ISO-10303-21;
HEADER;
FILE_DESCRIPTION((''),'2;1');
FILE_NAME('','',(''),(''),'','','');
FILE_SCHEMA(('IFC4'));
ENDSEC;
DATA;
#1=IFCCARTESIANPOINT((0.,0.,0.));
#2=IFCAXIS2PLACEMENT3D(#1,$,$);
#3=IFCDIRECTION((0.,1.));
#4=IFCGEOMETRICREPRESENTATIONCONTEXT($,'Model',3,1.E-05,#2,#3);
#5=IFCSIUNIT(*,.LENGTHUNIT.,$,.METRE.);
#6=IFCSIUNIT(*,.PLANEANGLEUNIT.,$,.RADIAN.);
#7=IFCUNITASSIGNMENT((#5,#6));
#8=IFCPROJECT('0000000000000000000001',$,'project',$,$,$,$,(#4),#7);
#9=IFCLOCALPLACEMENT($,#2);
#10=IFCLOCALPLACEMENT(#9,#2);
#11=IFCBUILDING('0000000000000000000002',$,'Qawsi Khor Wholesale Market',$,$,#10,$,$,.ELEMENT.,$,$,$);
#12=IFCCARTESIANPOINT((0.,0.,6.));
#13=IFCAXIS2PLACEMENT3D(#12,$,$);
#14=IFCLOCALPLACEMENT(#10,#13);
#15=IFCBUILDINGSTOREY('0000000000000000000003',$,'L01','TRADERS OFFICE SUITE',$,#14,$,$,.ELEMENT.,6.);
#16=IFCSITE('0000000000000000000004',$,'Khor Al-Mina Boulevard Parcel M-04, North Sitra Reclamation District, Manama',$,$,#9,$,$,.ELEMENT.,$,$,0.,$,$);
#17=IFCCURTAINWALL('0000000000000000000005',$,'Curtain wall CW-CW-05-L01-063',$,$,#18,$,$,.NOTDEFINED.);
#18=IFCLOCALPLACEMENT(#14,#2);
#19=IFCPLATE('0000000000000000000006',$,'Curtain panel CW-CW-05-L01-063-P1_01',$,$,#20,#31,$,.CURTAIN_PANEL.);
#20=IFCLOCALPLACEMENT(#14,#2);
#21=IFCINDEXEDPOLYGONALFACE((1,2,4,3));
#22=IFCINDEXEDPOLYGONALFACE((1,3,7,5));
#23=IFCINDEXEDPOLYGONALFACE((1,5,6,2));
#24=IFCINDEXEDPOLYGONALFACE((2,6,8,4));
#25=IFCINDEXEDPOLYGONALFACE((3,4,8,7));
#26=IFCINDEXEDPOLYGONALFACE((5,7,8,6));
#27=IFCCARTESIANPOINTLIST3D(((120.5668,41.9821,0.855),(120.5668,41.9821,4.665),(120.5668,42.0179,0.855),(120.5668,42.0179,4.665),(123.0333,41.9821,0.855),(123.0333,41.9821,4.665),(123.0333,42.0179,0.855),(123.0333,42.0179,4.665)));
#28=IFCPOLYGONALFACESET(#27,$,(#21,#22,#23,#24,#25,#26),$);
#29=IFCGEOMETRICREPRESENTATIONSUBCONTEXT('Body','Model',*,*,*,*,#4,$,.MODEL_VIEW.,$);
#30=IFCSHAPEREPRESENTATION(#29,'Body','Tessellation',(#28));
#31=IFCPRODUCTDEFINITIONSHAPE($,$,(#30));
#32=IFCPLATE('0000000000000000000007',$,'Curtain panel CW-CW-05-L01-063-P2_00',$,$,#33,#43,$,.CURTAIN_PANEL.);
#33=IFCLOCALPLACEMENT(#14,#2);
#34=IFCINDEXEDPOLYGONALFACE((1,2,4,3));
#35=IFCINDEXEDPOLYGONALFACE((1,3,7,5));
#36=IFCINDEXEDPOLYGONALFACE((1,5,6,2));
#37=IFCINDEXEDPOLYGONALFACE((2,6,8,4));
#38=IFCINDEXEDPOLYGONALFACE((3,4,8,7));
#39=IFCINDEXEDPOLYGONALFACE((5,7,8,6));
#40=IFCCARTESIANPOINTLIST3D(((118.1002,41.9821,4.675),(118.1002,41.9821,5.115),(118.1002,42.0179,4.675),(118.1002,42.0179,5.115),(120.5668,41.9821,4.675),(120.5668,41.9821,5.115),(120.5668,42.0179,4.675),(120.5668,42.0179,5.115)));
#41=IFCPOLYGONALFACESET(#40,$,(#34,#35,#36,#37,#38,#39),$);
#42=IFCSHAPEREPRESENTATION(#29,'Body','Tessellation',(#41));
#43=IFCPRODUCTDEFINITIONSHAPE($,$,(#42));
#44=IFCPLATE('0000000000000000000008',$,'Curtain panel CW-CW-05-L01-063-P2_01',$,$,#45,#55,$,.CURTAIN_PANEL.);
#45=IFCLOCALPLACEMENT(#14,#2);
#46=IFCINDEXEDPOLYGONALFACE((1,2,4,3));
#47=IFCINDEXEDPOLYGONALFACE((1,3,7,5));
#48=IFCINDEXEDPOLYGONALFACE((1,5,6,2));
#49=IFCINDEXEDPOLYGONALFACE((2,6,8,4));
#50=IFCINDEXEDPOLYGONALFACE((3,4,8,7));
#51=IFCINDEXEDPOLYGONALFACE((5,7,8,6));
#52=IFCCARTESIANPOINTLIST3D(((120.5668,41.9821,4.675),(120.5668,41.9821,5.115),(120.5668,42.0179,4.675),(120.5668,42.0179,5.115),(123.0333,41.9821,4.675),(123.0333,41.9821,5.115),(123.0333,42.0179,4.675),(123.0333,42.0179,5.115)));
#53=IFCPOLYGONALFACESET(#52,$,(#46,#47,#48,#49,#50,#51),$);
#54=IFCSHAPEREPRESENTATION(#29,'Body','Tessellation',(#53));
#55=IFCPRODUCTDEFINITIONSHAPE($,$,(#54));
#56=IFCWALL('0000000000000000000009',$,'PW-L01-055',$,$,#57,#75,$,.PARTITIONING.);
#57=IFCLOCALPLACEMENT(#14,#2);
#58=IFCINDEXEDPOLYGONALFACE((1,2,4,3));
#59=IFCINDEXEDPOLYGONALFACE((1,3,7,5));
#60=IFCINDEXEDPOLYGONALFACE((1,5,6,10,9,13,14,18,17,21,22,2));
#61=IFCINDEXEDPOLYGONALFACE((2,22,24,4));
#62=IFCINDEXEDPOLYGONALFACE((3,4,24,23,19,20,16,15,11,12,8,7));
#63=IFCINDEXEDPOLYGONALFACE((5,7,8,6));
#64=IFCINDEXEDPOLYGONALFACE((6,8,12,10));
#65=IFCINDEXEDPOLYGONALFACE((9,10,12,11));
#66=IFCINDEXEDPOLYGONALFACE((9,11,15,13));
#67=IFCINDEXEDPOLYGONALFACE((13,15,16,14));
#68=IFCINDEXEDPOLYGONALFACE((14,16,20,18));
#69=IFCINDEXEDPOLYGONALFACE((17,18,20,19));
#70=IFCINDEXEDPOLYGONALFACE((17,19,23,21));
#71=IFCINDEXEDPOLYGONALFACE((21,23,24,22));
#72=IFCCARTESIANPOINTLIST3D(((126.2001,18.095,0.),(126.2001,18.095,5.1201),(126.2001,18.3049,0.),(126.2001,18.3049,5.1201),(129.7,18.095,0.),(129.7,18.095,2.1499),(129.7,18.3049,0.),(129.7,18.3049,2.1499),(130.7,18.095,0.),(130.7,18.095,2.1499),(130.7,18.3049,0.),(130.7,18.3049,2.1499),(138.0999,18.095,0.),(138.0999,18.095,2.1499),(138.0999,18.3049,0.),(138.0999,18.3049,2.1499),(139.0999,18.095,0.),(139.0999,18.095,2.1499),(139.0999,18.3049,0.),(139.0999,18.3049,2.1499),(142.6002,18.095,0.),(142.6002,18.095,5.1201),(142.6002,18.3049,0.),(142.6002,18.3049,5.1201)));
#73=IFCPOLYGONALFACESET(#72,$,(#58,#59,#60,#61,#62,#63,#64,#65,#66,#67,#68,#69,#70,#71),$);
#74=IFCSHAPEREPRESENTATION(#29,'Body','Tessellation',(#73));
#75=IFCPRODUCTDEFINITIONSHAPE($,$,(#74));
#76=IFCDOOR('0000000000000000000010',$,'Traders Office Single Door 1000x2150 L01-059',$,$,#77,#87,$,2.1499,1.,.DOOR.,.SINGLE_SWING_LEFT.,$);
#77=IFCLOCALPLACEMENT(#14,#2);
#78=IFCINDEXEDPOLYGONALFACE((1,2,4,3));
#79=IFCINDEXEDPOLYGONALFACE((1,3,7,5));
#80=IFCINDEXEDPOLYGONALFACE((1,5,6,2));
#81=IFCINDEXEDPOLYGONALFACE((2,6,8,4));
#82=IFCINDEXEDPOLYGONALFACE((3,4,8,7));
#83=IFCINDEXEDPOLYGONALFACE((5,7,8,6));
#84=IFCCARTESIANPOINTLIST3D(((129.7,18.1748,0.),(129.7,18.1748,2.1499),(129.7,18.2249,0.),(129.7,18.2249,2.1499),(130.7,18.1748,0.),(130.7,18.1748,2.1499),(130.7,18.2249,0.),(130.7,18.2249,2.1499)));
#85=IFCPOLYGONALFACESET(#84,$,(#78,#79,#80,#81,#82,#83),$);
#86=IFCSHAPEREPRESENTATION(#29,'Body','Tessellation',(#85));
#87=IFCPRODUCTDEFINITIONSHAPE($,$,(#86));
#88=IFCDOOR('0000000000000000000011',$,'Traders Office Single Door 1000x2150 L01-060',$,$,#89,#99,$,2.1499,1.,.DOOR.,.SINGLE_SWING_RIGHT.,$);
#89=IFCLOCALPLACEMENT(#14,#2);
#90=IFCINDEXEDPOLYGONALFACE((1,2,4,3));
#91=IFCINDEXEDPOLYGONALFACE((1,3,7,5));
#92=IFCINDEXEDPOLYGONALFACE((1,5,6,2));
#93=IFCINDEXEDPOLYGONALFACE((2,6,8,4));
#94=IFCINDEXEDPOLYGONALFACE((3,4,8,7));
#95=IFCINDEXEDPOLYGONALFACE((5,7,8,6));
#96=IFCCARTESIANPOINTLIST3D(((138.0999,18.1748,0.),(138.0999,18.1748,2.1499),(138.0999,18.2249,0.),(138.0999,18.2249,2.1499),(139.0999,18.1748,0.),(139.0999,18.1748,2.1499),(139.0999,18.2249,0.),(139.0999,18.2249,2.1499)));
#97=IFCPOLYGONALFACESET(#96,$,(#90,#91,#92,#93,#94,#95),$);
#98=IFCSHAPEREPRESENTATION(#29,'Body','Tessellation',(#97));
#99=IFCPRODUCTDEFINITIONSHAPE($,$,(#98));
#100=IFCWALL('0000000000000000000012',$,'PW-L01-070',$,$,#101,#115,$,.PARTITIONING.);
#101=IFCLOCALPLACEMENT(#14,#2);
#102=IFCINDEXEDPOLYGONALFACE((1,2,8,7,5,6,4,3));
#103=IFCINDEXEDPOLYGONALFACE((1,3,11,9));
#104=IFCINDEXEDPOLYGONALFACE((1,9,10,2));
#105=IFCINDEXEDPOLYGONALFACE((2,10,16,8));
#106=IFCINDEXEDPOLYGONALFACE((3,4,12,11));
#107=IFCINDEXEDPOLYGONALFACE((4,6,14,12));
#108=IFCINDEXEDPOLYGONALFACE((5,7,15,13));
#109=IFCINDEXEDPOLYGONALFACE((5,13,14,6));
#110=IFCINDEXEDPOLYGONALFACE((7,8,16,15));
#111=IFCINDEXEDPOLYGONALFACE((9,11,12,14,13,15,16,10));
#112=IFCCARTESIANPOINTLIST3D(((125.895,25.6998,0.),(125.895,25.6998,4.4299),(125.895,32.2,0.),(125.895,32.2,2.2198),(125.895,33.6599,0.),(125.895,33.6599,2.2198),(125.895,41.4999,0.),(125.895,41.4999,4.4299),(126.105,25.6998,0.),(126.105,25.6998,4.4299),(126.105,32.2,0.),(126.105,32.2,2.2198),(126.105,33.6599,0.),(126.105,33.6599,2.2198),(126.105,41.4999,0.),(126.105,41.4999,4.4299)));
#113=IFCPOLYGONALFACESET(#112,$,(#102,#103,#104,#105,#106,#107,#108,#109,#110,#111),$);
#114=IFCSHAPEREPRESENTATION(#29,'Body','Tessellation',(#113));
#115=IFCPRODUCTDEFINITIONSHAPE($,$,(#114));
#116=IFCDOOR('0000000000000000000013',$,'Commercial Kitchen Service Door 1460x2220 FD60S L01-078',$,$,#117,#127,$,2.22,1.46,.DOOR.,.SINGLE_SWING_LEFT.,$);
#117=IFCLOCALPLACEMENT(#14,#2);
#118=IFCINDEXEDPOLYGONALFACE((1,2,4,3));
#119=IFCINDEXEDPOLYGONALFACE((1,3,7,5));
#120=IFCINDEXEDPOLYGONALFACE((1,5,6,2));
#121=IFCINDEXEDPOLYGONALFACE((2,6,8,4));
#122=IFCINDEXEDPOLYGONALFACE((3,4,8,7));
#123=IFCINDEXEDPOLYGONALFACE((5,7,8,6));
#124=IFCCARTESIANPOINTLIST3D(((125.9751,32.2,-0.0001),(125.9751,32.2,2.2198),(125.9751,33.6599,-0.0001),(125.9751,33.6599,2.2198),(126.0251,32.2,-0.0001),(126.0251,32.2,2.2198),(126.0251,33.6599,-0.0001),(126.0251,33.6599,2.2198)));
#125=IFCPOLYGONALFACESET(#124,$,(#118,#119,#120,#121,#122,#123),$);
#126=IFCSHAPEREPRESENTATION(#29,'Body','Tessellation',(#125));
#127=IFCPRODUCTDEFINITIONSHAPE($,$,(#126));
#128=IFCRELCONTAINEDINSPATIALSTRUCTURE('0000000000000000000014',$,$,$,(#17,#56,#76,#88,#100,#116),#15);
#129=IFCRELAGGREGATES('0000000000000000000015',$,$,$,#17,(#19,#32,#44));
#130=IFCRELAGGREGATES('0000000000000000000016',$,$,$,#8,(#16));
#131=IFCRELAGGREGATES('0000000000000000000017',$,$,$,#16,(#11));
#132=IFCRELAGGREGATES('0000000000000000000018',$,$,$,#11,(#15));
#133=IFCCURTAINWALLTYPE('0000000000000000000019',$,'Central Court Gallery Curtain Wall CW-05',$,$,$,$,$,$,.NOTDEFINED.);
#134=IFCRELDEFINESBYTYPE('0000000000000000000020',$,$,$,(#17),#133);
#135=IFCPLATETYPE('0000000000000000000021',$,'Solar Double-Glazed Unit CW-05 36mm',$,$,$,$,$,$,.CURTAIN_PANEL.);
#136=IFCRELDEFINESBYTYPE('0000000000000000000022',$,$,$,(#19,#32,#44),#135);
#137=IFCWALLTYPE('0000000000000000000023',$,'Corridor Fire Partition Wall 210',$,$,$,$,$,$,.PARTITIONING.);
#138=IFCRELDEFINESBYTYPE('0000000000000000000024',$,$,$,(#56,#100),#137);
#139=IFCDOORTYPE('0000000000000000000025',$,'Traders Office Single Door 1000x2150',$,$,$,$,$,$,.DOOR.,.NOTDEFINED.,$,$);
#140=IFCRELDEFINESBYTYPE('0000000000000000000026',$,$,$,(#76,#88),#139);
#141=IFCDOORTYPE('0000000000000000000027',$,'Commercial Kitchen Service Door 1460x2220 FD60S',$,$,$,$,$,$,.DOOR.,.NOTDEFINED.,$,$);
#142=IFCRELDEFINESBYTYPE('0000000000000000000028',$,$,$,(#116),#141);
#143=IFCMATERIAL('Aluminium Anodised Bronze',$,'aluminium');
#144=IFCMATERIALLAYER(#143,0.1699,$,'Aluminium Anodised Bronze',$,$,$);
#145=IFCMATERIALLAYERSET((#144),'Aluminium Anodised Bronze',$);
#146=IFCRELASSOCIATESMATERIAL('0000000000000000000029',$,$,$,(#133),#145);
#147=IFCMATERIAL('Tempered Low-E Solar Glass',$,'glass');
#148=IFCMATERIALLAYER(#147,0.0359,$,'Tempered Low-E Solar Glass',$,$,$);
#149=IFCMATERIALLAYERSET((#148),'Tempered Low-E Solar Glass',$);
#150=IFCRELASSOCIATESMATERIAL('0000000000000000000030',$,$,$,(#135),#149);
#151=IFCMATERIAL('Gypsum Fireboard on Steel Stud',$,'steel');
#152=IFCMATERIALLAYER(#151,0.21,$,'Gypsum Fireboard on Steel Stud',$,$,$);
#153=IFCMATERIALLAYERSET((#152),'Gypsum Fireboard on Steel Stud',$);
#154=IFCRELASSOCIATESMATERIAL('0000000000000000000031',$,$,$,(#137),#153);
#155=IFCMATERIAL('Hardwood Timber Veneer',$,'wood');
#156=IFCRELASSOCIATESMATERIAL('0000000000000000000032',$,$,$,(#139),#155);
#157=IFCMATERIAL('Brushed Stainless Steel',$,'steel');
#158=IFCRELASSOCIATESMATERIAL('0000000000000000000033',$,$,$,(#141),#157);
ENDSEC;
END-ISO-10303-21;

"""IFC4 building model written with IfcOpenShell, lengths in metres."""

from ifc_helpers import new_model, si_unit, direction, frame, frame_2d, origin, place, context, subcontext, project, spatial, rectangle, extrude, material, layer, layer_set, type_object, element, fill, aggregate, save


model = new_model("IFC4")

# Units and contexts
model_context = context("Model", 3, precision=1e-05, world=origin(), true_north=direction((0.0, 1.0)))
body_context = subcontext(model_context, "Body", "Model", "MODEL_VIEW")
ifc_project = project(units=[si_unit("LENGTHUNIT", "METRE"), si_unit("PLANEANGLEUNIT", "RADIAN")], contexts=[model_context])

# Site, building, storey
site_placement = place(None, origin())
site = spatial("IfcSite", under=ifc_project, at=site_placement, Name="Khor Al-Mina Boulevard Parcel M-04, North Sitra Reclamation District, Manama", CompositionType="ELEMENT", RefElevation=0.0)
building_placement = place(site_placement, origin())
building = spatial("IfcBuilding", under=site, at=building_placement, Name="Qawsi Khor Wholesale Market", CompositionType="ELEMENT")
storey_placement = place(building_placement, frame((0.0, 0.0, 6.0)))
storey = spatial("IfcBuildingStorey", under=building, at=storey_placement, Name="L01", Description="TRADERS OFFICE SUITE", CompositionType="ELEMENT", Elevation=6.0)

# Curtain wall
ifc_material_1 = material(Name="Aluminium Anodised Bronze", Category="aluminium")
ifc_layer_1 = layer(ifc_material_1, 0.1699, Name="Aluminium Anodised Bronze")
ifc_layer_set_1 = layer_set([ifc_layer_1], Name="Aluminium Anodised Bronze")
curtain_wall_type = type_object("IfcCurtainWallType", Name="Central Court Gallery Curtain Wall CW-05", PredefinedType="NOTDEFINED", material=ifc_layer_set_1)
curtain_wall_placement = place(storey_placement, origin())
curtain_wall = element("IfcCurtainWall", 1, at=curtain_wall_placement, inside=storey, type_object=curtain_wall_type, Name="Curtain wall CW-CW-05-L01-063", PredefinedType="NOTDEFINED")

# Plates
ifc_material_2 = material(Name="Tempered Low-E Solar Glass", Category="glass")
ifc_layer_2 = layer(ifc_material_2, 0.0359, Name="Tempered Low-E Solar Glass")
ifc_layer_set_2 = layer_set([ifc_layer_2], Name="Tempered Low-E Solar Glass")
plate_type_1 = type_object("IfcPlateType", Name="Solar Double-Glazed Unit CW-05 36mm", PredefinedType="CURTAIN_PANEL", material=ifc_layer_set_2)
plate_1_placement = place(storey_placement, frame((120.5667, 42.0, 0.855), z_axis=(0.0, 0.0, 1.0), x_axis=(1.0, 0.0, 0.0)))
plate_1 = element("IfcPlate", 2, at=plate_1_placement, type_object=plate_type_1, Name="Curtain panel CW-CW-05-L01-063-P1_01", PredefinedType="CURTAIN_PANEL", context=body_context, shape_type="SweptSolid", body=[
    extrude(rectangle(XDim=2.4666, YDim=0.0359, at=frame_2d((1.2334, 0.0))), origin(), (0.0, 0.0, 1.0), 3.8101),
])
plate_2_placement = place(storey_placement, frame((118.1001, 42.0, 4.675), z_axis=(0.0, 0.0, 1.0), x_axis=(1.0, 0.0, 0.0)))
plate_2 = element("IfcPlate", 3, at=plate_2_placement, type_object=plate_type_1, Name="Curtain panel CW-CW-05-L01-063-P2_00", PredefinedType="CURTAIN_PANEL", context=body_context, shape_type="SweptSolid", body=[
    extrude(rectangle(XDim=2.4666, YDim=0.0359, at=frame_2d((1.2334, 0.0))), origin(), (0.0, 0.0, 1.0), 0.4399),
])
plate_3_placement = place(storey_placement, frame((120.5667, 42.0, 4.675), z_axis=(0.0, 0.0, 1.0), x_axis=(1.0, 0.0, 0.0)))
plate_3 = element("IfcPlate", 4, at=plate_3_placement, type_object=plate_type_1, Name="Curtain panel CW-CW-05-L01-063-P2_01", PredefinedType="CURTAIN_PANEL", context=body_context, shape_type="SweptSolid", body=[
    extrude(rectangle(XDim=2.4666, YDim=0.0359, at=frame_2d((1.2334, 0.0))), origin(), (0.0, 0.0, 1.0), 0.4399),
])
aggregate(curtain_wall, [plate_1, plate_2, plate_3])

# Wall, openings, doors
ifc_material_3 = material(Name="Gypsum Fireboard on Steel Stud", Category="steel")
ifc_layer_3 = layer(ifc_material_3, 0.21, Name="Gypsum Fireboard on Steel Stud")
ifc_layer_set_3 = layer_set([ifc_layer_3], Name="Gypsum Fireboard on Steel Stud")
wall_type = type_object("IfcWallType", Name="Corridor Fire Partition Wall 210", PredefinedType="PARTITIONING", material=ifc_layer_set_3)
wall_1_placement = place(storey_placement, frame((126.2, 18.2, 0.0), z_axis=(0.0, 0.0, 1.0), x_axis=(1.0, 0.0, 0.0)))
wall_1 = element("IfcWall", 5, at=wall_1_placement, inside=storey, type_object=wall_type, Name="PW-L01-055", PredefinedType="PARTITIONING", context=body_context, shape_type="SweptSolid", body=[
    extrude(rectangle(XDim=16.4001, YDim=0.21, at=frame_2d((8.2002, 0.0))), origin(), (0.0, 0.0, 1.0), 5.1201),
])
opening_1_placement = place(wall_1_placement, frame((3.5, 0.0, 0.0)))
opening_1 = element("IfcOpeningElement", 6, at=opening_1_placement, cuts=wall_1, PredefinedType="OPENING", context=body_context, shape_type="SweptSolid", body=[
    extrude(rectangle(XDim=1.0, YDim=2.1499, at=frame_2d((0.5, 1.075))), frame((0.0, 0.115, 0.0), z_axis=(0.0, -1.0, 0.0), x_axis=(1.0, 0.0, 0.0)), (0.0, 0.0, 1.0), 0.23),
])
opening_2_placement = place(wall_1_placement, frame((11.8999, 0.0, 0.0)))
opening_2 = element("IfcOpeningElement", 7, at=opening_2_placement, cuts=wall_1, PredefinedType="OPENING", context=body_context, shape_type="SweptSolid", body=[
    extrude(rectangle(XDim=1.0, YDim=2.1499, at=frame_2d((0.5, 1.075))), frame((0.0, 0.115, 0.0), z_axis=(0.0, -1.0, 0.0), x_axis=(1.0, 0.0, 0.0)), (0.0, 0.0, 1.0), 0.23),
])
ifc_material_4 = material(Name="Hardwood Timber Veneer", Category="wood")
door_type_1 = type_object("IfcDoorType", Name="Traders Office Single Door 1000x2150", OperationType="NOTDEFINED", PredefinedType="DOOR", material=ifc_material_4)
door_1_placement = place(opening_1_placement, origin())
door_1 = element("IfcDoor", 8, at=door_1_placement, inside=storey, type_object=door_type_1, Name="Traders Office Single Door 1000x2150 L01-059", OperationType="SINGLE_SWING_LEFT", OverallHeight=2.1499, OverallWidth=1.0, PredefinedType="DOOR", context=body_context, shape_type="SweptSolid", body=[
    extrude(rectangle(XDim=1.0, YDim=2.1499, at=frame_2d((0.5, 1.075))), frame((0.0, 0.0249, 0.0), z_axis=(0.0, -1.0, 0.0), x_axis=(1.0, 0.0, 0.0)), (0.0, 0.0, 1.0), 0.05),
])
fill(opening_1, door_1)
door_2_placement = place(opening_2_placement, origin())
door_2 = element("IfcDoor", 9, at=door_2_placement, inside=storey, type_object=door_type_1, Name="Traders Office Single Door 1000x2150 L01-060", OperationType="SINGLE_SWING_RIGHT", OverallHeight=2.1499, OverallWidth=1.0, PredefinedType="DOOR", context=body_context, shape_type="SweptSolid", body=[
    extrude(rectangle(XDim=1.0, YDim=2.1499, at=frame_2d((0.5, 1.075))), frame((0.0, 0.0249, 0.0), z_axis=(0.0, -1.0, 0.0), x_axis=(1.0, 0.0, 0.0)), (0.0, 0.0, 1.0), 0.05),
])
fill(opening_2, door_2)

# Wall, opening, door
wall_2_placement = place(storey_placement, frame((126.0, 25.7, 0.0), z_axis=(0.0, 0.0, 1.0), x_axis=(0.0, 1.0, 0.0)))
wall_2 = element("IfcWall", 10, at=wall_2_placement, inside=storey, type_object=wall_type, Name="PW-L01-070", PredefinedType="PARTITIONING", context=body_context, shape_type="SweptSolid", body=[
    extrude(rectangle(XDim=15.8, YDim=0.21, at=frame_2d((7.8999, 0.0))), origin(), (0.0, 0.0, 1.0), 4.4299),
])
opening_3_placement = place(wall_2_placement, frame((6.5, 0.0, 0.0)))
opening_3 = element("IfcOpeningElement", 11, at=opening_3_placement, cuts=wall_2, PredefinedType="OPENING", context=body_context, shape_type="SweptSolid", body=[
    extrude(rectangle(XDim=1.46, YDim=2.22, at=frame_2d((0.73, 1.1099))), frame((0.0, 0.115, 0.0), z_axis=(0.0, -1.0, 0.0), x_axis=(1.0, 0.0, 0.0)), (0.0, 0.0, 1.0), 0.23),
])
ifc_material_5 = material(Name="Brushed Stainless Steel", Category="steel")
door_type_2 = type_object("IfcDoorType", Name="Commercial Kitchen Service Door 1460x2220 FD60S", OperationType="NOTDEFINED", PredefinedType="DOOR", material=ifc_material_5)
door_3_placement = place(opening_3_placement, origin())
door_3 = element("IfcDoor", 12, at=door_3_placement, inside=storey, type_object=door_type_2, Name="Commercial Kitchen Service Door 1460x2220 FD60S L01-078", OperationType="SINGLE_SWING_LEFT", OverallHeight=2.22, OverallWidth=1.46, PredefinedType="DOOR", context=body_context, shape_type="SweptSolid", body=[
    extrude(rectangle(XDim=1.46, YDim=2.22, at=frame_2d((0.73, 1.1099))), frame((0.0, 0.0249, 0.0), z_axis=(0.0, -1.0, 0.0), x_axis=(1.0, 0.0, 0.0)), (0.0, 0.0, 1.0), 0.05),
])
fill(opening_3, door_3)

save(model, "model.ifc")
